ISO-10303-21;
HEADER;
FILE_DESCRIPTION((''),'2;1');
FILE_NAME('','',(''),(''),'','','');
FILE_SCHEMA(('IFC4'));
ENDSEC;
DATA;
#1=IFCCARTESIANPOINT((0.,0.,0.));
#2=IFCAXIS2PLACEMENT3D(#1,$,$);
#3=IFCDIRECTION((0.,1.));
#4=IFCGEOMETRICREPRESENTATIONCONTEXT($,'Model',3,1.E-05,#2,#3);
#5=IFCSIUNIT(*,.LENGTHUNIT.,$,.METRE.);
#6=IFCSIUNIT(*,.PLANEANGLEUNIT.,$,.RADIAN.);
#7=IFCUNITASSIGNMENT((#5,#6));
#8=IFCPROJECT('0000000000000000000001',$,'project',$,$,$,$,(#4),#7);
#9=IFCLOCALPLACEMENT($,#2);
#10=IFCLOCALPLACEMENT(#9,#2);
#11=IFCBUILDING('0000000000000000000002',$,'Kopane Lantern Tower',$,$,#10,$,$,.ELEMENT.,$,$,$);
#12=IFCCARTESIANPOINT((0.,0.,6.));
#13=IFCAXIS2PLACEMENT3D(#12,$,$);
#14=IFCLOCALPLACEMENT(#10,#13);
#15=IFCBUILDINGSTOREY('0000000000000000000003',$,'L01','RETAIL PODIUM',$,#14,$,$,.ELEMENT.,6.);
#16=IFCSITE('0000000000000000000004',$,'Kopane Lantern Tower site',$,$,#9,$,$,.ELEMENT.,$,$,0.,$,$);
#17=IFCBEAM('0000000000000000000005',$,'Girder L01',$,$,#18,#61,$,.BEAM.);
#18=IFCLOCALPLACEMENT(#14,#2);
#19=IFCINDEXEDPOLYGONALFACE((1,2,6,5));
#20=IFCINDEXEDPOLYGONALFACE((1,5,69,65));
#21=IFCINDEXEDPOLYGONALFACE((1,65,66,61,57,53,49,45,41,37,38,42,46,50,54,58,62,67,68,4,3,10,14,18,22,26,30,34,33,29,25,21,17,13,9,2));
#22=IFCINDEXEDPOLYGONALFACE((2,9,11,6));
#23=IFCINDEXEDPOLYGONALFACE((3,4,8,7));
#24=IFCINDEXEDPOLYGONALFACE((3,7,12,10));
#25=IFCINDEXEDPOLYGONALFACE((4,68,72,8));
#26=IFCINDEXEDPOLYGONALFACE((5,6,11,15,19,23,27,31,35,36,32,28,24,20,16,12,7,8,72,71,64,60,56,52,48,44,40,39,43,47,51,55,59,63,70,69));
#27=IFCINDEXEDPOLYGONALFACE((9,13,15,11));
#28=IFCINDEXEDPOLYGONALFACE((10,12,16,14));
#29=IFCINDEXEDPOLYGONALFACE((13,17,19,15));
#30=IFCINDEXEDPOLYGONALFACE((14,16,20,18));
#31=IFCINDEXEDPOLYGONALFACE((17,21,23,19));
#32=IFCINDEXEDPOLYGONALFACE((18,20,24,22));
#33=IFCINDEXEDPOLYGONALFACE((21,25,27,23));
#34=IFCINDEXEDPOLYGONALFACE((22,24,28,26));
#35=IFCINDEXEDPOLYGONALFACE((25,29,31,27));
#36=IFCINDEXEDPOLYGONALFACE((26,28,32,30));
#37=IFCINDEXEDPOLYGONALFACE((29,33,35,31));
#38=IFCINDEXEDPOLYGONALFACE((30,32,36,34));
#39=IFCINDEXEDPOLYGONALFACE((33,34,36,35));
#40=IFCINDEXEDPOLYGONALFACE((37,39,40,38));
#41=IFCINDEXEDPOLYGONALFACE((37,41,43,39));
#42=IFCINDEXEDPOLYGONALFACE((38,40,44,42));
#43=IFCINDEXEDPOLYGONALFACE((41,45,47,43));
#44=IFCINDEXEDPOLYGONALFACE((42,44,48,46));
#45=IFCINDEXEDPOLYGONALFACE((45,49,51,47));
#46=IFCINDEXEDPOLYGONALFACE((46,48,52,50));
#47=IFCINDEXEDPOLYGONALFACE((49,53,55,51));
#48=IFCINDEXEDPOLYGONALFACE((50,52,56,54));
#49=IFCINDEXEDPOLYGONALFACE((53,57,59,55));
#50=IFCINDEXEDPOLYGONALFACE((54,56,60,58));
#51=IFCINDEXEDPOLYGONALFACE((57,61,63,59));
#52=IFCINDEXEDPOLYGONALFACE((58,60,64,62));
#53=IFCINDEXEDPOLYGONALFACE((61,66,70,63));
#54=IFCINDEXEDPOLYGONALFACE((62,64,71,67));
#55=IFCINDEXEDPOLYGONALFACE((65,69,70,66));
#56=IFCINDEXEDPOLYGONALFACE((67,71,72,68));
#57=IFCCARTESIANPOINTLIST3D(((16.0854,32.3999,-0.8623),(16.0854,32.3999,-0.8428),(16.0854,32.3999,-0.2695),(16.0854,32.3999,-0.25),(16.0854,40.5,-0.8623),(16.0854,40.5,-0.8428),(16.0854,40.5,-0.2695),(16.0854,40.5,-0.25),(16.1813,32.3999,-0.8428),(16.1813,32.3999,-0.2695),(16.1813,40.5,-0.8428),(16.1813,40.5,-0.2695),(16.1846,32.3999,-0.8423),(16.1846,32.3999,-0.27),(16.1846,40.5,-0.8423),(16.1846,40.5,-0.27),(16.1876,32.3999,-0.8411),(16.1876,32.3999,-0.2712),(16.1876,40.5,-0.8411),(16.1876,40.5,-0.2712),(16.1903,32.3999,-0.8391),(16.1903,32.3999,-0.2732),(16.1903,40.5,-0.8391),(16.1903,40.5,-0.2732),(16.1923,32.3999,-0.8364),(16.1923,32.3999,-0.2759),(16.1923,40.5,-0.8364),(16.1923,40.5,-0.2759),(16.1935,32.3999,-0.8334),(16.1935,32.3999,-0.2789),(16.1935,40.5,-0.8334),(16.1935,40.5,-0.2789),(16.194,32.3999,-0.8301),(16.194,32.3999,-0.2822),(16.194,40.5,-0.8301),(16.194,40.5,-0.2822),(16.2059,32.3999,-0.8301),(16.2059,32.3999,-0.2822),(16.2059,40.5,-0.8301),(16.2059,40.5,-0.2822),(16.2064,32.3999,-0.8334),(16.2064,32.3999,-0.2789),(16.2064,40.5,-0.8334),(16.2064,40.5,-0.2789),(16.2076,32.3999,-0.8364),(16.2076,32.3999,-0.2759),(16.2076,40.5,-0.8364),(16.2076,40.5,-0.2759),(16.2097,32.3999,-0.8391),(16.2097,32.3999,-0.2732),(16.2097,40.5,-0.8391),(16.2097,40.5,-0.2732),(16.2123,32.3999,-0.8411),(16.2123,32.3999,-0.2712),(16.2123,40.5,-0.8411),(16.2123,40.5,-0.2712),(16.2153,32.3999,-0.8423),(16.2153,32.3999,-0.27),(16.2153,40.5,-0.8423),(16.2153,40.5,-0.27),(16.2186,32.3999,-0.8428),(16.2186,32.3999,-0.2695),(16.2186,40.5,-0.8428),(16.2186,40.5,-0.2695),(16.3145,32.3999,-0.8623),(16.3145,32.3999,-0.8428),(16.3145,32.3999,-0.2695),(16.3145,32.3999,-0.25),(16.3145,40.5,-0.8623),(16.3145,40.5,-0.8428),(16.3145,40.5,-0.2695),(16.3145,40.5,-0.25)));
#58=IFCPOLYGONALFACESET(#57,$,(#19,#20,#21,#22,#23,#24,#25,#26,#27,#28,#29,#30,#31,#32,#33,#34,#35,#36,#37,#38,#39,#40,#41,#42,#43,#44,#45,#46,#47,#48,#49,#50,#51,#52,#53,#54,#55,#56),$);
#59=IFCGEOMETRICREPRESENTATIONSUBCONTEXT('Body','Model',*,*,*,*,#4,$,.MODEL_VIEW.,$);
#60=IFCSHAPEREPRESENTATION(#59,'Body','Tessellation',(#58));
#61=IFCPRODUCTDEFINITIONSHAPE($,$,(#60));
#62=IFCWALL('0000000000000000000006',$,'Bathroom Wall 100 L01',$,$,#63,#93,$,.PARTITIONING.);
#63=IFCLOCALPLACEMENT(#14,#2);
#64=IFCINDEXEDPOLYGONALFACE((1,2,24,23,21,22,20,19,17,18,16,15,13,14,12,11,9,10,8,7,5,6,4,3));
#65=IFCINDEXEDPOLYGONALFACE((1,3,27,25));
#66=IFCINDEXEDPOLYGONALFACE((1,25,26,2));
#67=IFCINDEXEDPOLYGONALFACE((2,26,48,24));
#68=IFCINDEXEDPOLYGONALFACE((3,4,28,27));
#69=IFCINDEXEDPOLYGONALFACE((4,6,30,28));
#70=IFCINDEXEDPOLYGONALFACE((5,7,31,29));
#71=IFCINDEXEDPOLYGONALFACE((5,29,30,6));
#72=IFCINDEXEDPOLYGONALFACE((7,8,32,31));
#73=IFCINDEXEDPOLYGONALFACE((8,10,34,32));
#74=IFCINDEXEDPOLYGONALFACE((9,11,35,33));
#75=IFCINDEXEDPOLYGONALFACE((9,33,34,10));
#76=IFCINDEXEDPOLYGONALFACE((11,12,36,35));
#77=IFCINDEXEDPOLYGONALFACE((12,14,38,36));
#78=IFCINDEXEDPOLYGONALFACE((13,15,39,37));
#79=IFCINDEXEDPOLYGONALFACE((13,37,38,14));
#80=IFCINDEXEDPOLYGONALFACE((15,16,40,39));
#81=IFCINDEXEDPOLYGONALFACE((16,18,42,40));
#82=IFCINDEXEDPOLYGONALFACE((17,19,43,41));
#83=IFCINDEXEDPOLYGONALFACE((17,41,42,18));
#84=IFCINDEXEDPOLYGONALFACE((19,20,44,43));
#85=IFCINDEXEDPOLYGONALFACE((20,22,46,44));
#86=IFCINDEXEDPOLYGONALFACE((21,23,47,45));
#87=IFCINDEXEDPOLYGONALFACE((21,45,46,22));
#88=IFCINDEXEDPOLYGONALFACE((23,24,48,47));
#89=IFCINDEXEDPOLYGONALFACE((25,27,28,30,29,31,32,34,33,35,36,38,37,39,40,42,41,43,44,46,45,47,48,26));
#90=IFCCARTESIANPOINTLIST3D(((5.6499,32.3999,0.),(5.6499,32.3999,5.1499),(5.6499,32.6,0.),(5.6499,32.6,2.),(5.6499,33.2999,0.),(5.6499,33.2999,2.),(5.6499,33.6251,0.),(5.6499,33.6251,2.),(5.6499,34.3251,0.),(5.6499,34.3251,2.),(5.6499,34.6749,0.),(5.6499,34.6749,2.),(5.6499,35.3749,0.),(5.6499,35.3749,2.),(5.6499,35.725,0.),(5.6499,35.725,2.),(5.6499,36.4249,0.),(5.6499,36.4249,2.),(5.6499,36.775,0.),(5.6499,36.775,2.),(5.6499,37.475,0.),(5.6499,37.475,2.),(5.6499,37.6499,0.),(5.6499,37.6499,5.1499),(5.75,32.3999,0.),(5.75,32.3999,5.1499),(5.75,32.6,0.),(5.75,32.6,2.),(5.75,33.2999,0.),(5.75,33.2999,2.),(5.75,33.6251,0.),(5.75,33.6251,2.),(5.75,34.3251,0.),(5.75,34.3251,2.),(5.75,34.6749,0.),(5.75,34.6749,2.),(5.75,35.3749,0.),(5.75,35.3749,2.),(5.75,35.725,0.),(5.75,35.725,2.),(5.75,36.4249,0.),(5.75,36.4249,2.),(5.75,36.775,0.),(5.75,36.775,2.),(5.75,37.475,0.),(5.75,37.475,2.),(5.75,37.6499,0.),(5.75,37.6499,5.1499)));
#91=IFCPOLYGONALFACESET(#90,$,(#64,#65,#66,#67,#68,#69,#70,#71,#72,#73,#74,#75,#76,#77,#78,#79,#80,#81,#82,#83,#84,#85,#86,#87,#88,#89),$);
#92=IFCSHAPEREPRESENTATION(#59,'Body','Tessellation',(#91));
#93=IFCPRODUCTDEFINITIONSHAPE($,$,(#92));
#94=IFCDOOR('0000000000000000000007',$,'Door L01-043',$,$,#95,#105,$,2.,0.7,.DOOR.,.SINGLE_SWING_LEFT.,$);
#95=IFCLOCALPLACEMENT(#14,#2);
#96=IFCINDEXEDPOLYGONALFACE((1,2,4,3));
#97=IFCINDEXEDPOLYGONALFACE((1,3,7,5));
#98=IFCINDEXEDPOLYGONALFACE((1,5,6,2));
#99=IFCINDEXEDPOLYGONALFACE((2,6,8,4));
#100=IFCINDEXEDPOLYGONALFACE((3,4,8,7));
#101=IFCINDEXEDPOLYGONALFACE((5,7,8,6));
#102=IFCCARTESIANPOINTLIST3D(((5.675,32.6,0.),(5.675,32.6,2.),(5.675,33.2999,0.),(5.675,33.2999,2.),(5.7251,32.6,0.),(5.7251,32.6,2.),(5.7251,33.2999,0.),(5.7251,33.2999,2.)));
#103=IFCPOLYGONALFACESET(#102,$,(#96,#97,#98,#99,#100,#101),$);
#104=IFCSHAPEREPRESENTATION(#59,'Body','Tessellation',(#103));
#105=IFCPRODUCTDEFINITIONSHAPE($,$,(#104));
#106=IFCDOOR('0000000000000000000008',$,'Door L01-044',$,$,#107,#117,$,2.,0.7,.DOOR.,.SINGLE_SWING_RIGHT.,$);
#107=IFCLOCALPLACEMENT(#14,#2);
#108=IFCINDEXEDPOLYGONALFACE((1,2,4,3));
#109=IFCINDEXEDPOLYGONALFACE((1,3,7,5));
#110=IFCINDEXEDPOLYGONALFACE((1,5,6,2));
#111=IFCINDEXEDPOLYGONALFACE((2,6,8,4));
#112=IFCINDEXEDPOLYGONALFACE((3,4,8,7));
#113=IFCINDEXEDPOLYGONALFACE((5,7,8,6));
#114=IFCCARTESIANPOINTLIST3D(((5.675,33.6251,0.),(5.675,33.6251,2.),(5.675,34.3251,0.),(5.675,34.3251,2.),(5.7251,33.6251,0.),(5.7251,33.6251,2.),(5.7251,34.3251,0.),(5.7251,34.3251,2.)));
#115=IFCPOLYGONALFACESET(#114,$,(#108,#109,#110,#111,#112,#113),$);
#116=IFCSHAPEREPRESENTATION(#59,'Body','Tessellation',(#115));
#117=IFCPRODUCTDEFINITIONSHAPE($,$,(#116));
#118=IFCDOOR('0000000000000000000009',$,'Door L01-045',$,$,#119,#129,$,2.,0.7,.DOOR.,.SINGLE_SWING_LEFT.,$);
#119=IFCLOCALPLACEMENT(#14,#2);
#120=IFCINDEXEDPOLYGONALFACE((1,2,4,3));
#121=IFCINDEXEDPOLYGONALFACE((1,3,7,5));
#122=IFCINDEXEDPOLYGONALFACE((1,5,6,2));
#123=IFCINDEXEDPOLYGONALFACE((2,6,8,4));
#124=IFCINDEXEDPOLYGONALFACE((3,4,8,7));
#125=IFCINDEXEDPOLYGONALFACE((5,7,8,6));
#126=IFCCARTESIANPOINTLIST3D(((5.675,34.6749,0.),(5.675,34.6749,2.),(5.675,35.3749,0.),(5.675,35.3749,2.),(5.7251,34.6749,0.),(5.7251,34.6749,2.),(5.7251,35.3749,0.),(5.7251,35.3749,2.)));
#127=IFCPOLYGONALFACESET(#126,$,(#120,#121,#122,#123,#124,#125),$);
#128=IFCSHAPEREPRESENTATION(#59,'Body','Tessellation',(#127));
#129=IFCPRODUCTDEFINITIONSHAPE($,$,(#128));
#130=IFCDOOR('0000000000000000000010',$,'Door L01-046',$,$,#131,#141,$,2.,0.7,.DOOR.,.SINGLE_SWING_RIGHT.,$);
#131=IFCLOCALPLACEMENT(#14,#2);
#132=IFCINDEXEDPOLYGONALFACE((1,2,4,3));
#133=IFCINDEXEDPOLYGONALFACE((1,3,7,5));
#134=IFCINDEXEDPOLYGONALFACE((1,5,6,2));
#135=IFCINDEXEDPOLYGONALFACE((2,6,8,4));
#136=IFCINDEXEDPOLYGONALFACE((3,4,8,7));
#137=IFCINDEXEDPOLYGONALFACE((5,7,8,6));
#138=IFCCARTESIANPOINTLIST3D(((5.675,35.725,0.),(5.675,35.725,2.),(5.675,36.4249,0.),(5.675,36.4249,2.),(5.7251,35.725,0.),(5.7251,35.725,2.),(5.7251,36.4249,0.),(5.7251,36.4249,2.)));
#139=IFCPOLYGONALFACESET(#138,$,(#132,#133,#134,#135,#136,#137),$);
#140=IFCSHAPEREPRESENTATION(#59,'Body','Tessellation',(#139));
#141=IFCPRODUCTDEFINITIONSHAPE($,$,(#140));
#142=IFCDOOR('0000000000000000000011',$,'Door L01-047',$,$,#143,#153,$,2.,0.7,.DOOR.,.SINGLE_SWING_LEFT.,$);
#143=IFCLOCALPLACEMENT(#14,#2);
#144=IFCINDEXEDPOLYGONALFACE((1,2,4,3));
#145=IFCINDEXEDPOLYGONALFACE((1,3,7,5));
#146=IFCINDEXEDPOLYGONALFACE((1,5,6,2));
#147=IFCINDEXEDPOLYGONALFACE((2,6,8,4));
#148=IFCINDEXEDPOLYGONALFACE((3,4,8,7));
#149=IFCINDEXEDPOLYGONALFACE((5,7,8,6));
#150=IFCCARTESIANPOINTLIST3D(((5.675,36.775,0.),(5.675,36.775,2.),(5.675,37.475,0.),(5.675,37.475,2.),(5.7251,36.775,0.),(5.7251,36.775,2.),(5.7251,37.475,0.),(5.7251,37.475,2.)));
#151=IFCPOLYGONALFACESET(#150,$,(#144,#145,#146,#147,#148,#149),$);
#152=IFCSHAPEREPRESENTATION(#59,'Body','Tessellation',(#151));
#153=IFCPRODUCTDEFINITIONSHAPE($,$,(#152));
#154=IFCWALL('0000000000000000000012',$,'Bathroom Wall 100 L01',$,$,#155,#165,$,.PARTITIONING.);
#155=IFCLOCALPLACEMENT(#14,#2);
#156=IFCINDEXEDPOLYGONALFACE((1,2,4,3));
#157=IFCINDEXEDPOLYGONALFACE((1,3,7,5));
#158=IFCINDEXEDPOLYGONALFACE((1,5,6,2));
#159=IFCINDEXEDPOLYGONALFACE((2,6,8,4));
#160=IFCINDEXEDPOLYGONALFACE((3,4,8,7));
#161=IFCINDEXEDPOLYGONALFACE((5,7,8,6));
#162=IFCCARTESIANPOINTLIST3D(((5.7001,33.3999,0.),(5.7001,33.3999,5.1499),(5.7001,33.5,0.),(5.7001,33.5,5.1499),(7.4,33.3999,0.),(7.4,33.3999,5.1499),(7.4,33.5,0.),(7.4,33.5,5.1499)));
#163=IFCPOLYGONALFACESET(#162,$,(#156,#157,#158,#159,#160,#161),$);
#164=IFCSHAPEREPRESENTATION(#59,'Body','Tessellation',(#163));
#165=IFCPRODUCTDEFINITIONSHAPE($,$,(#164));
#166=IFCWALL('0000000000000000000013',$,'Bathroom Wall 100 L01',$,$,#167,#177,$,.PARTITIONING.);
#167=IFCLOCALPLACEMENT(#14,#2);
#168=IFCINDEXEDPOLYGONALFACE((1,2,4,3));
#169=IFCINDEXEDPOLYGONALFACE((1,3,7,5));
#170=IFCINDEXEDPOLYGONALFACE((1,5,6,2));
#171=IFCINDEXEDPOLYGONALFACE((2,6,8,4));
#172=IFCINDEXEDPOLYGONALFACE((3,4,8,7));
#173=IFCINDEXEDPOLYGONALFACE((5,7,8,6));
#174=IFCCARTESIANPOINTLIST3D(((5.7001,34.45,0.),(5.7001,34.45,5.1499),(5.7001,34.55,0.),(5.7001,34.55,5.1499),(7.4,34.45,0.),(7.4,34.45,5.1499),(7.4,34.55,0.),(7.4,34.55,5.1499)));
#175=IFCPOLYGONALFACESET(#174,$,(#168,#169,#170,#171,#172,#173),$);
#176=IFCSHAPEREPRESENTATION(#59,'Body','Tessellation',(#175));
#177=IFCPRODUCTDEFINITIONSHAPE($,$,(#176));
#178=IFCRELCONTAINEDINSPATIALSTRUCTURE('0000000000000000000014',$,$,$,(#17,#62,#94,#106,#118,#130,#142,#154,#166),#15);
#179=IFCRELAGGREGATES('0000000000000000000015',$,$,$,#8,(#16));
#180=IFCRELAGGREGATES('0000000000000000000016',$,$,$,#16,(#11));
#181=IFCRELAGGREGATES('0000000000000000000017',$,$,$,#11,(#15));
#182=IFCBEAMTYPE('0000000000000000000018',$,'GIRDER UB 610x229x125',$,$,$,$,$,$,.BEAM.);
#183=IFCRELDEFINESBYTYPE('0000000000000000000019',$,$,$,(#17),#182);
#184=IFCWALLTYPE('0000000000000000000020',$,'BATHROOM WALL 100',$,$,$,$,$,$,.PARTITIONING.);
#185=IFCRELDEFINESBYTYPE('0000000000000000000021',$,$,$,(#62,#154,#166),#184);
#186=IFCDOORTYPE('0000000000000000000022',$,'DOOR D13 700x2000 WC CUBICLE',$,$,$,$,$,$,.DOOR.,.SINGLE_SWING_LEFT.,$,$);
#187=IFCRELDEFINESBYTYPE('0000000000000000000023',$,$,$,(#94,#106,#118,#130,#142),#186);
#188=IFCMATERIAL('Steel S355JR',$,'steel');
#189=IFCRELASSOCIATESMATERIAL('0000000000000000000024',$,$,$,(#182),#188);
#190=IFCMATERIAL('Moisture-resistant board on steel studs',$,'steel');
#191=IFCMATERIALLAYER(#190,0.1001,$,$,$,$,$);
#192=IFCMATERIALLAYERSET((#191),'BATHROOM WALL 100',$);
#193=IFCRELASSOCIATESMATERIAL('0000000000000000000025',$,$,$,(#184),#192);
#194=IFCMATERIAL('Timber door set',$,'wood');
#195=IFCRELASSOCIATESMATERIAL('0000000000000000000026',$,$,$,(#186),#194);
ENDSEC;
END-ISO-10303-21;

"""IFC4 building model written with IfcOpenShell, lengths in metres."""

from ifc_helpers import new_model, si_unit, direction, frame, frame_2d, origin, origin_2d, place, context, subcontext, project, spatial, rectangle, i_section, extrude, material, layer, layer_set, material_profile, profile_set, type_object, element, fill, save


model = new_model("IFC4")

# Units and contexts
model_context = context("Model", 3, precision=1e-05, world=origin(), true_north=direction((0.0, 1.0)))
body_context = subcontext(model_context, "Body", "Model", "MODEL_VIEW")
ifc_project = project(units=[si_unit("LENGTHUNIT", "METRE"), si_unit("PLANEANGLEUNIT", "RADIAN")], contexts=[model_context])

# Site, building, storey
site_placement = place(None, origin())
site = spatial("IfcSite", under=ifc_project, at=site_placement, Name="Kopane Lantern Tower site", CompositionType="ELEMENT", RefElevation=0.0)
building_placement = place(site_placement, origin())
building = spatial("IfcBuilding", under=site, at=building_placement, Name="Kopane Lantern Tower", CompositionType="ELEMENT")
storey_placement = place(building_placement, frame((0.0, 0.0, 6.0)))
storey = spatial("IfcBuildingStorey", under=building, at=storey_placement, Name="L01", Description="RETAIL PODIUM", CompositionType="ELEMENT", Elevation=6.0)

# Beam
ifc_material_1 = material(Name="Steel S355JR", Category="steel")
ifc_material_profile_1 = material_profile(ifc_material_1, i_section(OverallWidth=0.229, OverallDepth=0.6123, WebThickness=0.012, FlangeThickness=0.0195, FilletRadius=0.0127, at=origin_2d()), Name="UB 610x229x125")
ifc_profile_set_1 = profile_set([ifc_material_profile_1], Name="Steel S355JR")
beam_type_1 = type_object("IfcBeamType", Name="GIRDER UB 610x229x125", PredefinedType="BEAM", material=ifc_profile_set_1)
beam_1_placement = place(storey_placement, frame((16.2, 32.3999, -0.5562), z_axis=(0.0, 1.0, 0.0), x_axis=(-1.0, 0.0, 0.0)))
element("IfcBeam", 1, at=beam_1_placement, inside=storey, type_object=beam_type_1, Name="Girder L01", PredefinedType="BEAM", context=body_context, shape_type="SweptSolid", body=[
    extrude(i_section(OverallWidth=0.229, OverallDepth=0.6123, WebThickness=0.012, FlangeThickness=0.0195, FilletRadius=0.0127, at=origin_2d()), origin(), (0.0, 0.0, 1.0), 8.1001),
])

# Wall, openings, doors
ifc_material_2 = material(Name="Moisture-resistant board on steel studs", Category="steel")
ifc_layer_1 = layer(ifc_material_2, 0.1001)
ifc_layer_set_1 = layer_set([ifc_layer_1], Name="BATHROOM WALL 100")
wall_type_1 = type_object("IfcWallType", Name="BATHROOM WALL 100", PredefinedType="PARTITIONING", material=ifc_layer_set_1)
wall_1_placement = place(storey_placement, frame((5.7, 32.3999, 0.0), z_axis=(0.0, 0.0, 1.0), x_axis=(0.0, 1.0, 0.0)))
wall_1 = element("IfcWall", 2, at=wall_1_placement, inside=storey, type_object=wall_type_1, Name="Bathroom Wall 100 L01", PredefinedType="PARTITIONING", context=body_context, shape_type="SweptSolid", body=[
    extrude(rectangle(XDim=5.25, YDim=0.1001, at=frame_2d((2.625, 0.0))), origin(), (0.0, 0.0, 1.0), 5.1499),
])
opening_1_placement = place(wall_1_placement, frame((0.2, 0.0, 0.0)))
opening_1 = element("IfcOpeningElement", 3, at=opening_1_placement, cuts=wall_1, PredefinedType="OPENING", context=body_context, shape_type="SweptSolid", body=[
    extrude(rectangle(XDim=0.7, YDim=2.0, at=frame_2d((0.3501, 1.0))), frame((0.0, 0.0601, 0.0), z_axis=(0.0, -1.0, 0.0), x_axis=(1.0, 0.0, 0.0)), (0.0, 0.0, 1.0), 0.1201),
])
opening_2_placement = place(wall_1_placement, frame((1.2251, 0.0, 0.0)))
opening_2 = element("IfcOpeningElement", 4, at=opening_2_placement, cuts=wall_1, PredefinedType="OPENING", context=body_context, shape_type="SweptSolid", body=[
    extrude(rectangle(XDim=0.7, YDim=2.0, at=frame_2d((0.3501, 1.0))), frame((0.0, 0.0601, 0.0), z_axis=(0.0, -1.0, 0.0), x_axis=(1.0, 0.0, 0.0)), (0.0, 0.0, 1.0), 0.1201),
])
opening_3_placement = place(wall_1_placement, frame((2.2749, 0.0, 0.0)))
opening_3 = element("IfcOpeningElement", 5, at=opening_3_placement, cuts=wall_1, PredefinedType="OPENING", context=body_context, shape_type="SweptSolid", body=[
    extrude(rectangle(XDim=0.7, YDim=2.0, at=frame_2d((0.3501, 1.0))), frame((0.0, 0.0601, 0.0), z_axis=(0.0, -1.0, 0.0), x_axis=(1.0, 0.0, 0.0)), (0.0, 0.0, 1.0), 0.1201),
])
opening_4_placement = place(wall_1_placement, frame((3.325, 0.0, 0.0)))
opening_4 = element("IfcOpeningElement", 6, at=opening_4_placement, cuts=wall_1, PredefinedType="OPENING", context=body_context, shape_type="SweptSolid", body=[
    extrude(rectangle(XDim=0.7, YDim=2.0, at=frame_2d((0.3501, 1.0))), frame((0.0, 0.0601, 0.0), z_axis=(0.0, -1.0, 0.0), x_axis=(1.0, 0.0, 0.0)), (0.0, 0.0, 1.0), 0.1201),
])
opening_5_placement = place(wall_1_placement, frame((4.375, 0.0, 0.0)))
opening_5 = element("IfcOpeningElement", 7, at=opening_5_placement, cuts=wall_1, PredefinedType="OPENING", context=body_context, shape_type="SweptSolid", body=[
    extrude(rectangle(XDim=0.7, YDim=2.0, at=frame_2d((0.3501, 1.0))), frame((0.0, 0.0601, 0.0), z_axis=(0.0, -1.0, 0.0), x_axis=(1.0, 0.0, 0.0)), (0.0, 0.0, 1.0), 0.1201),
])
ifc_material_3 = material(Name="Timber door set", Category="wood")
door_type = type_object("IfcDoorType", Name="DOOR D13 700x2000 WC CUBICLE", OperationType="SINGLE_SWING_LEFT", PredefinedType="DOOR", material=ifc_material_3)
door_1_placement = place(opening_1_placement, origin())
door_1 = element("IfcDoor", 8, at=door_1_placement, inside=storey, type_object=door_type, Name="Door L01-043", OperationType="SINGLE_SWING_LEFT", OverallHeight=2.0, OverallWidth=0.7, PredefinedType="DOOR", context=body_context, shape_type="SweptSolid", body=[
    extrude(rectangle(XDim=0.7, YDim=2.0, at=frame_2d((0.3501, 1.0))), frame((0.0, 0.0249, 0.0), z_axis=(0.0, -1.0, 0.0), x_axis=(1.0, 0.0, 0.0)), (0.0, 0.0, 1.0), 0.05),
])
fill(opening_1, door_1)
door_2_placement = place(opening_2_placement, origin())
door_2 = element("IfcDoor", 9, at=door_2_placement, inside=storey, type_object=door_type, Name="Door L01-044", OperationType="SINGLE_SWING_RIGHT", OverallHeight=2.0, OverallWidth=0.7, PredefinedType="DOOR", context=body_context, shape_type="SweptSolid", body=[
    extrude(rectangle(XDim=0.7, YDim=2.0, at=frame_2d((0.3501, 1.0))), frame((0.0, 0.0249, 0.0), z_axis=(0.0, -1.0, 0.0), x_axis=(1.0, 0.0, 0.0)), (0.0, 0.0, 1.0), 0.05),
])
fill(opening_2, door_2)
door_3_placement = place(opening_3_placement, origin())
door_3 = element("IfcDoor", 10, at=door_3_placement, inside=storey, type_object=door_type, Name="Door L01-045", OperationType="SINGLE_SWING_LEFT", OverallHeight=2.0, OverallWidth=0.7, PredefinedType="DOOR", context=body_context, shape_type="SweptSolid", body=[
    extrude(rectangle(XDim=0.7, YDim=2.0, at=frame_2d((0.3501, 1.0))), frame((0.0, 0.0249, 0.0), z_axis=(0.0, -1.0, 0.0), x_axis=(1.0, 0.0, 0.0)), (0.0, 0.0, 1.0), 0.05),
])
fill(opening_3, door_3)
door_4_placement = place(opening_4_placement, origin())
door_4 = element("IfcDoor", 11, at=door_4_placement, inside=storey, type_object=door_type, Name="Door L01-046", OperationType="SINGLE_SWING_RIGHT", OverallHeight=2.0, OverallWidth=0.7, PredefinedType="DOOR", context=body_context, shape_type="SweptSolid", body=[
    extrude(rectangle(XDim=0.7, YDim=2.0, at=frame_2d((0.3501, 1.0))), frame((0.0, 0.0249, 0.0), z_axis=(0.0, -1.0, 0.0), x_axis=(1.0, 0.0, 0.0)), (0.0, 0.0, 1.0), 0.05),
])
fill(opening_4, door_4)
door_5_placement = place(opening_5_placement, origin())
door_5 = element("IfcDoor", 12, at=door_5_placement, inside=storey, type_object=door_type, Name="Door L01-047", OperationType="SINGLE_SWING_LEFT", OverallHeight=2.0, OverallWidth=0.7, PredefinedType="DOOR", context=body_context, shape_type="SweptSolid", body=[
    extrude(rectangle(XDim=0.7, YDim=2.0, at=frame_2d((0.3501, 1.0))), frame((0.0, 0.0249, 0.0), z_axis=(0.0, -1.0, 0.0), x_axis=(1.0, 0.0, 0.0)), (0.0, 0.0, 1.0), 0.05),
])
fill(opening_5, door_5)

# Walls
for number, where, z_axis, x_axis, name in (
    (13, (5.7, 33.45, 0.0), (0.0, 0.0, 1.0), (1.0, 0.0, 0.0), "Bathroom Wall 100 L01"),
    (14, (5.7, 34.5, 0.0), (0.0, 0.0, 1.0), (1.0, 0.0, 0.0), "Bathroom Wall 100 L01"),
):
    element("IfcWall", number, at=place(storey_placement, frame(where, z_axis=z_axis, x_axis=x_axis)), inside=storey, type_object=wall_type_1, Name=name, PredefinedType="PARTITIONING", context=body_context, shape_type="SweptSolid", body=[
        extrude(rectangle(XDim=1.7, YDim=0.1001, at=frame_2d((0.8501, 0.0))), origin(), (0.0, 0.0, 1.0), 5.1499),
    ])

save(model, "model.ifc")
